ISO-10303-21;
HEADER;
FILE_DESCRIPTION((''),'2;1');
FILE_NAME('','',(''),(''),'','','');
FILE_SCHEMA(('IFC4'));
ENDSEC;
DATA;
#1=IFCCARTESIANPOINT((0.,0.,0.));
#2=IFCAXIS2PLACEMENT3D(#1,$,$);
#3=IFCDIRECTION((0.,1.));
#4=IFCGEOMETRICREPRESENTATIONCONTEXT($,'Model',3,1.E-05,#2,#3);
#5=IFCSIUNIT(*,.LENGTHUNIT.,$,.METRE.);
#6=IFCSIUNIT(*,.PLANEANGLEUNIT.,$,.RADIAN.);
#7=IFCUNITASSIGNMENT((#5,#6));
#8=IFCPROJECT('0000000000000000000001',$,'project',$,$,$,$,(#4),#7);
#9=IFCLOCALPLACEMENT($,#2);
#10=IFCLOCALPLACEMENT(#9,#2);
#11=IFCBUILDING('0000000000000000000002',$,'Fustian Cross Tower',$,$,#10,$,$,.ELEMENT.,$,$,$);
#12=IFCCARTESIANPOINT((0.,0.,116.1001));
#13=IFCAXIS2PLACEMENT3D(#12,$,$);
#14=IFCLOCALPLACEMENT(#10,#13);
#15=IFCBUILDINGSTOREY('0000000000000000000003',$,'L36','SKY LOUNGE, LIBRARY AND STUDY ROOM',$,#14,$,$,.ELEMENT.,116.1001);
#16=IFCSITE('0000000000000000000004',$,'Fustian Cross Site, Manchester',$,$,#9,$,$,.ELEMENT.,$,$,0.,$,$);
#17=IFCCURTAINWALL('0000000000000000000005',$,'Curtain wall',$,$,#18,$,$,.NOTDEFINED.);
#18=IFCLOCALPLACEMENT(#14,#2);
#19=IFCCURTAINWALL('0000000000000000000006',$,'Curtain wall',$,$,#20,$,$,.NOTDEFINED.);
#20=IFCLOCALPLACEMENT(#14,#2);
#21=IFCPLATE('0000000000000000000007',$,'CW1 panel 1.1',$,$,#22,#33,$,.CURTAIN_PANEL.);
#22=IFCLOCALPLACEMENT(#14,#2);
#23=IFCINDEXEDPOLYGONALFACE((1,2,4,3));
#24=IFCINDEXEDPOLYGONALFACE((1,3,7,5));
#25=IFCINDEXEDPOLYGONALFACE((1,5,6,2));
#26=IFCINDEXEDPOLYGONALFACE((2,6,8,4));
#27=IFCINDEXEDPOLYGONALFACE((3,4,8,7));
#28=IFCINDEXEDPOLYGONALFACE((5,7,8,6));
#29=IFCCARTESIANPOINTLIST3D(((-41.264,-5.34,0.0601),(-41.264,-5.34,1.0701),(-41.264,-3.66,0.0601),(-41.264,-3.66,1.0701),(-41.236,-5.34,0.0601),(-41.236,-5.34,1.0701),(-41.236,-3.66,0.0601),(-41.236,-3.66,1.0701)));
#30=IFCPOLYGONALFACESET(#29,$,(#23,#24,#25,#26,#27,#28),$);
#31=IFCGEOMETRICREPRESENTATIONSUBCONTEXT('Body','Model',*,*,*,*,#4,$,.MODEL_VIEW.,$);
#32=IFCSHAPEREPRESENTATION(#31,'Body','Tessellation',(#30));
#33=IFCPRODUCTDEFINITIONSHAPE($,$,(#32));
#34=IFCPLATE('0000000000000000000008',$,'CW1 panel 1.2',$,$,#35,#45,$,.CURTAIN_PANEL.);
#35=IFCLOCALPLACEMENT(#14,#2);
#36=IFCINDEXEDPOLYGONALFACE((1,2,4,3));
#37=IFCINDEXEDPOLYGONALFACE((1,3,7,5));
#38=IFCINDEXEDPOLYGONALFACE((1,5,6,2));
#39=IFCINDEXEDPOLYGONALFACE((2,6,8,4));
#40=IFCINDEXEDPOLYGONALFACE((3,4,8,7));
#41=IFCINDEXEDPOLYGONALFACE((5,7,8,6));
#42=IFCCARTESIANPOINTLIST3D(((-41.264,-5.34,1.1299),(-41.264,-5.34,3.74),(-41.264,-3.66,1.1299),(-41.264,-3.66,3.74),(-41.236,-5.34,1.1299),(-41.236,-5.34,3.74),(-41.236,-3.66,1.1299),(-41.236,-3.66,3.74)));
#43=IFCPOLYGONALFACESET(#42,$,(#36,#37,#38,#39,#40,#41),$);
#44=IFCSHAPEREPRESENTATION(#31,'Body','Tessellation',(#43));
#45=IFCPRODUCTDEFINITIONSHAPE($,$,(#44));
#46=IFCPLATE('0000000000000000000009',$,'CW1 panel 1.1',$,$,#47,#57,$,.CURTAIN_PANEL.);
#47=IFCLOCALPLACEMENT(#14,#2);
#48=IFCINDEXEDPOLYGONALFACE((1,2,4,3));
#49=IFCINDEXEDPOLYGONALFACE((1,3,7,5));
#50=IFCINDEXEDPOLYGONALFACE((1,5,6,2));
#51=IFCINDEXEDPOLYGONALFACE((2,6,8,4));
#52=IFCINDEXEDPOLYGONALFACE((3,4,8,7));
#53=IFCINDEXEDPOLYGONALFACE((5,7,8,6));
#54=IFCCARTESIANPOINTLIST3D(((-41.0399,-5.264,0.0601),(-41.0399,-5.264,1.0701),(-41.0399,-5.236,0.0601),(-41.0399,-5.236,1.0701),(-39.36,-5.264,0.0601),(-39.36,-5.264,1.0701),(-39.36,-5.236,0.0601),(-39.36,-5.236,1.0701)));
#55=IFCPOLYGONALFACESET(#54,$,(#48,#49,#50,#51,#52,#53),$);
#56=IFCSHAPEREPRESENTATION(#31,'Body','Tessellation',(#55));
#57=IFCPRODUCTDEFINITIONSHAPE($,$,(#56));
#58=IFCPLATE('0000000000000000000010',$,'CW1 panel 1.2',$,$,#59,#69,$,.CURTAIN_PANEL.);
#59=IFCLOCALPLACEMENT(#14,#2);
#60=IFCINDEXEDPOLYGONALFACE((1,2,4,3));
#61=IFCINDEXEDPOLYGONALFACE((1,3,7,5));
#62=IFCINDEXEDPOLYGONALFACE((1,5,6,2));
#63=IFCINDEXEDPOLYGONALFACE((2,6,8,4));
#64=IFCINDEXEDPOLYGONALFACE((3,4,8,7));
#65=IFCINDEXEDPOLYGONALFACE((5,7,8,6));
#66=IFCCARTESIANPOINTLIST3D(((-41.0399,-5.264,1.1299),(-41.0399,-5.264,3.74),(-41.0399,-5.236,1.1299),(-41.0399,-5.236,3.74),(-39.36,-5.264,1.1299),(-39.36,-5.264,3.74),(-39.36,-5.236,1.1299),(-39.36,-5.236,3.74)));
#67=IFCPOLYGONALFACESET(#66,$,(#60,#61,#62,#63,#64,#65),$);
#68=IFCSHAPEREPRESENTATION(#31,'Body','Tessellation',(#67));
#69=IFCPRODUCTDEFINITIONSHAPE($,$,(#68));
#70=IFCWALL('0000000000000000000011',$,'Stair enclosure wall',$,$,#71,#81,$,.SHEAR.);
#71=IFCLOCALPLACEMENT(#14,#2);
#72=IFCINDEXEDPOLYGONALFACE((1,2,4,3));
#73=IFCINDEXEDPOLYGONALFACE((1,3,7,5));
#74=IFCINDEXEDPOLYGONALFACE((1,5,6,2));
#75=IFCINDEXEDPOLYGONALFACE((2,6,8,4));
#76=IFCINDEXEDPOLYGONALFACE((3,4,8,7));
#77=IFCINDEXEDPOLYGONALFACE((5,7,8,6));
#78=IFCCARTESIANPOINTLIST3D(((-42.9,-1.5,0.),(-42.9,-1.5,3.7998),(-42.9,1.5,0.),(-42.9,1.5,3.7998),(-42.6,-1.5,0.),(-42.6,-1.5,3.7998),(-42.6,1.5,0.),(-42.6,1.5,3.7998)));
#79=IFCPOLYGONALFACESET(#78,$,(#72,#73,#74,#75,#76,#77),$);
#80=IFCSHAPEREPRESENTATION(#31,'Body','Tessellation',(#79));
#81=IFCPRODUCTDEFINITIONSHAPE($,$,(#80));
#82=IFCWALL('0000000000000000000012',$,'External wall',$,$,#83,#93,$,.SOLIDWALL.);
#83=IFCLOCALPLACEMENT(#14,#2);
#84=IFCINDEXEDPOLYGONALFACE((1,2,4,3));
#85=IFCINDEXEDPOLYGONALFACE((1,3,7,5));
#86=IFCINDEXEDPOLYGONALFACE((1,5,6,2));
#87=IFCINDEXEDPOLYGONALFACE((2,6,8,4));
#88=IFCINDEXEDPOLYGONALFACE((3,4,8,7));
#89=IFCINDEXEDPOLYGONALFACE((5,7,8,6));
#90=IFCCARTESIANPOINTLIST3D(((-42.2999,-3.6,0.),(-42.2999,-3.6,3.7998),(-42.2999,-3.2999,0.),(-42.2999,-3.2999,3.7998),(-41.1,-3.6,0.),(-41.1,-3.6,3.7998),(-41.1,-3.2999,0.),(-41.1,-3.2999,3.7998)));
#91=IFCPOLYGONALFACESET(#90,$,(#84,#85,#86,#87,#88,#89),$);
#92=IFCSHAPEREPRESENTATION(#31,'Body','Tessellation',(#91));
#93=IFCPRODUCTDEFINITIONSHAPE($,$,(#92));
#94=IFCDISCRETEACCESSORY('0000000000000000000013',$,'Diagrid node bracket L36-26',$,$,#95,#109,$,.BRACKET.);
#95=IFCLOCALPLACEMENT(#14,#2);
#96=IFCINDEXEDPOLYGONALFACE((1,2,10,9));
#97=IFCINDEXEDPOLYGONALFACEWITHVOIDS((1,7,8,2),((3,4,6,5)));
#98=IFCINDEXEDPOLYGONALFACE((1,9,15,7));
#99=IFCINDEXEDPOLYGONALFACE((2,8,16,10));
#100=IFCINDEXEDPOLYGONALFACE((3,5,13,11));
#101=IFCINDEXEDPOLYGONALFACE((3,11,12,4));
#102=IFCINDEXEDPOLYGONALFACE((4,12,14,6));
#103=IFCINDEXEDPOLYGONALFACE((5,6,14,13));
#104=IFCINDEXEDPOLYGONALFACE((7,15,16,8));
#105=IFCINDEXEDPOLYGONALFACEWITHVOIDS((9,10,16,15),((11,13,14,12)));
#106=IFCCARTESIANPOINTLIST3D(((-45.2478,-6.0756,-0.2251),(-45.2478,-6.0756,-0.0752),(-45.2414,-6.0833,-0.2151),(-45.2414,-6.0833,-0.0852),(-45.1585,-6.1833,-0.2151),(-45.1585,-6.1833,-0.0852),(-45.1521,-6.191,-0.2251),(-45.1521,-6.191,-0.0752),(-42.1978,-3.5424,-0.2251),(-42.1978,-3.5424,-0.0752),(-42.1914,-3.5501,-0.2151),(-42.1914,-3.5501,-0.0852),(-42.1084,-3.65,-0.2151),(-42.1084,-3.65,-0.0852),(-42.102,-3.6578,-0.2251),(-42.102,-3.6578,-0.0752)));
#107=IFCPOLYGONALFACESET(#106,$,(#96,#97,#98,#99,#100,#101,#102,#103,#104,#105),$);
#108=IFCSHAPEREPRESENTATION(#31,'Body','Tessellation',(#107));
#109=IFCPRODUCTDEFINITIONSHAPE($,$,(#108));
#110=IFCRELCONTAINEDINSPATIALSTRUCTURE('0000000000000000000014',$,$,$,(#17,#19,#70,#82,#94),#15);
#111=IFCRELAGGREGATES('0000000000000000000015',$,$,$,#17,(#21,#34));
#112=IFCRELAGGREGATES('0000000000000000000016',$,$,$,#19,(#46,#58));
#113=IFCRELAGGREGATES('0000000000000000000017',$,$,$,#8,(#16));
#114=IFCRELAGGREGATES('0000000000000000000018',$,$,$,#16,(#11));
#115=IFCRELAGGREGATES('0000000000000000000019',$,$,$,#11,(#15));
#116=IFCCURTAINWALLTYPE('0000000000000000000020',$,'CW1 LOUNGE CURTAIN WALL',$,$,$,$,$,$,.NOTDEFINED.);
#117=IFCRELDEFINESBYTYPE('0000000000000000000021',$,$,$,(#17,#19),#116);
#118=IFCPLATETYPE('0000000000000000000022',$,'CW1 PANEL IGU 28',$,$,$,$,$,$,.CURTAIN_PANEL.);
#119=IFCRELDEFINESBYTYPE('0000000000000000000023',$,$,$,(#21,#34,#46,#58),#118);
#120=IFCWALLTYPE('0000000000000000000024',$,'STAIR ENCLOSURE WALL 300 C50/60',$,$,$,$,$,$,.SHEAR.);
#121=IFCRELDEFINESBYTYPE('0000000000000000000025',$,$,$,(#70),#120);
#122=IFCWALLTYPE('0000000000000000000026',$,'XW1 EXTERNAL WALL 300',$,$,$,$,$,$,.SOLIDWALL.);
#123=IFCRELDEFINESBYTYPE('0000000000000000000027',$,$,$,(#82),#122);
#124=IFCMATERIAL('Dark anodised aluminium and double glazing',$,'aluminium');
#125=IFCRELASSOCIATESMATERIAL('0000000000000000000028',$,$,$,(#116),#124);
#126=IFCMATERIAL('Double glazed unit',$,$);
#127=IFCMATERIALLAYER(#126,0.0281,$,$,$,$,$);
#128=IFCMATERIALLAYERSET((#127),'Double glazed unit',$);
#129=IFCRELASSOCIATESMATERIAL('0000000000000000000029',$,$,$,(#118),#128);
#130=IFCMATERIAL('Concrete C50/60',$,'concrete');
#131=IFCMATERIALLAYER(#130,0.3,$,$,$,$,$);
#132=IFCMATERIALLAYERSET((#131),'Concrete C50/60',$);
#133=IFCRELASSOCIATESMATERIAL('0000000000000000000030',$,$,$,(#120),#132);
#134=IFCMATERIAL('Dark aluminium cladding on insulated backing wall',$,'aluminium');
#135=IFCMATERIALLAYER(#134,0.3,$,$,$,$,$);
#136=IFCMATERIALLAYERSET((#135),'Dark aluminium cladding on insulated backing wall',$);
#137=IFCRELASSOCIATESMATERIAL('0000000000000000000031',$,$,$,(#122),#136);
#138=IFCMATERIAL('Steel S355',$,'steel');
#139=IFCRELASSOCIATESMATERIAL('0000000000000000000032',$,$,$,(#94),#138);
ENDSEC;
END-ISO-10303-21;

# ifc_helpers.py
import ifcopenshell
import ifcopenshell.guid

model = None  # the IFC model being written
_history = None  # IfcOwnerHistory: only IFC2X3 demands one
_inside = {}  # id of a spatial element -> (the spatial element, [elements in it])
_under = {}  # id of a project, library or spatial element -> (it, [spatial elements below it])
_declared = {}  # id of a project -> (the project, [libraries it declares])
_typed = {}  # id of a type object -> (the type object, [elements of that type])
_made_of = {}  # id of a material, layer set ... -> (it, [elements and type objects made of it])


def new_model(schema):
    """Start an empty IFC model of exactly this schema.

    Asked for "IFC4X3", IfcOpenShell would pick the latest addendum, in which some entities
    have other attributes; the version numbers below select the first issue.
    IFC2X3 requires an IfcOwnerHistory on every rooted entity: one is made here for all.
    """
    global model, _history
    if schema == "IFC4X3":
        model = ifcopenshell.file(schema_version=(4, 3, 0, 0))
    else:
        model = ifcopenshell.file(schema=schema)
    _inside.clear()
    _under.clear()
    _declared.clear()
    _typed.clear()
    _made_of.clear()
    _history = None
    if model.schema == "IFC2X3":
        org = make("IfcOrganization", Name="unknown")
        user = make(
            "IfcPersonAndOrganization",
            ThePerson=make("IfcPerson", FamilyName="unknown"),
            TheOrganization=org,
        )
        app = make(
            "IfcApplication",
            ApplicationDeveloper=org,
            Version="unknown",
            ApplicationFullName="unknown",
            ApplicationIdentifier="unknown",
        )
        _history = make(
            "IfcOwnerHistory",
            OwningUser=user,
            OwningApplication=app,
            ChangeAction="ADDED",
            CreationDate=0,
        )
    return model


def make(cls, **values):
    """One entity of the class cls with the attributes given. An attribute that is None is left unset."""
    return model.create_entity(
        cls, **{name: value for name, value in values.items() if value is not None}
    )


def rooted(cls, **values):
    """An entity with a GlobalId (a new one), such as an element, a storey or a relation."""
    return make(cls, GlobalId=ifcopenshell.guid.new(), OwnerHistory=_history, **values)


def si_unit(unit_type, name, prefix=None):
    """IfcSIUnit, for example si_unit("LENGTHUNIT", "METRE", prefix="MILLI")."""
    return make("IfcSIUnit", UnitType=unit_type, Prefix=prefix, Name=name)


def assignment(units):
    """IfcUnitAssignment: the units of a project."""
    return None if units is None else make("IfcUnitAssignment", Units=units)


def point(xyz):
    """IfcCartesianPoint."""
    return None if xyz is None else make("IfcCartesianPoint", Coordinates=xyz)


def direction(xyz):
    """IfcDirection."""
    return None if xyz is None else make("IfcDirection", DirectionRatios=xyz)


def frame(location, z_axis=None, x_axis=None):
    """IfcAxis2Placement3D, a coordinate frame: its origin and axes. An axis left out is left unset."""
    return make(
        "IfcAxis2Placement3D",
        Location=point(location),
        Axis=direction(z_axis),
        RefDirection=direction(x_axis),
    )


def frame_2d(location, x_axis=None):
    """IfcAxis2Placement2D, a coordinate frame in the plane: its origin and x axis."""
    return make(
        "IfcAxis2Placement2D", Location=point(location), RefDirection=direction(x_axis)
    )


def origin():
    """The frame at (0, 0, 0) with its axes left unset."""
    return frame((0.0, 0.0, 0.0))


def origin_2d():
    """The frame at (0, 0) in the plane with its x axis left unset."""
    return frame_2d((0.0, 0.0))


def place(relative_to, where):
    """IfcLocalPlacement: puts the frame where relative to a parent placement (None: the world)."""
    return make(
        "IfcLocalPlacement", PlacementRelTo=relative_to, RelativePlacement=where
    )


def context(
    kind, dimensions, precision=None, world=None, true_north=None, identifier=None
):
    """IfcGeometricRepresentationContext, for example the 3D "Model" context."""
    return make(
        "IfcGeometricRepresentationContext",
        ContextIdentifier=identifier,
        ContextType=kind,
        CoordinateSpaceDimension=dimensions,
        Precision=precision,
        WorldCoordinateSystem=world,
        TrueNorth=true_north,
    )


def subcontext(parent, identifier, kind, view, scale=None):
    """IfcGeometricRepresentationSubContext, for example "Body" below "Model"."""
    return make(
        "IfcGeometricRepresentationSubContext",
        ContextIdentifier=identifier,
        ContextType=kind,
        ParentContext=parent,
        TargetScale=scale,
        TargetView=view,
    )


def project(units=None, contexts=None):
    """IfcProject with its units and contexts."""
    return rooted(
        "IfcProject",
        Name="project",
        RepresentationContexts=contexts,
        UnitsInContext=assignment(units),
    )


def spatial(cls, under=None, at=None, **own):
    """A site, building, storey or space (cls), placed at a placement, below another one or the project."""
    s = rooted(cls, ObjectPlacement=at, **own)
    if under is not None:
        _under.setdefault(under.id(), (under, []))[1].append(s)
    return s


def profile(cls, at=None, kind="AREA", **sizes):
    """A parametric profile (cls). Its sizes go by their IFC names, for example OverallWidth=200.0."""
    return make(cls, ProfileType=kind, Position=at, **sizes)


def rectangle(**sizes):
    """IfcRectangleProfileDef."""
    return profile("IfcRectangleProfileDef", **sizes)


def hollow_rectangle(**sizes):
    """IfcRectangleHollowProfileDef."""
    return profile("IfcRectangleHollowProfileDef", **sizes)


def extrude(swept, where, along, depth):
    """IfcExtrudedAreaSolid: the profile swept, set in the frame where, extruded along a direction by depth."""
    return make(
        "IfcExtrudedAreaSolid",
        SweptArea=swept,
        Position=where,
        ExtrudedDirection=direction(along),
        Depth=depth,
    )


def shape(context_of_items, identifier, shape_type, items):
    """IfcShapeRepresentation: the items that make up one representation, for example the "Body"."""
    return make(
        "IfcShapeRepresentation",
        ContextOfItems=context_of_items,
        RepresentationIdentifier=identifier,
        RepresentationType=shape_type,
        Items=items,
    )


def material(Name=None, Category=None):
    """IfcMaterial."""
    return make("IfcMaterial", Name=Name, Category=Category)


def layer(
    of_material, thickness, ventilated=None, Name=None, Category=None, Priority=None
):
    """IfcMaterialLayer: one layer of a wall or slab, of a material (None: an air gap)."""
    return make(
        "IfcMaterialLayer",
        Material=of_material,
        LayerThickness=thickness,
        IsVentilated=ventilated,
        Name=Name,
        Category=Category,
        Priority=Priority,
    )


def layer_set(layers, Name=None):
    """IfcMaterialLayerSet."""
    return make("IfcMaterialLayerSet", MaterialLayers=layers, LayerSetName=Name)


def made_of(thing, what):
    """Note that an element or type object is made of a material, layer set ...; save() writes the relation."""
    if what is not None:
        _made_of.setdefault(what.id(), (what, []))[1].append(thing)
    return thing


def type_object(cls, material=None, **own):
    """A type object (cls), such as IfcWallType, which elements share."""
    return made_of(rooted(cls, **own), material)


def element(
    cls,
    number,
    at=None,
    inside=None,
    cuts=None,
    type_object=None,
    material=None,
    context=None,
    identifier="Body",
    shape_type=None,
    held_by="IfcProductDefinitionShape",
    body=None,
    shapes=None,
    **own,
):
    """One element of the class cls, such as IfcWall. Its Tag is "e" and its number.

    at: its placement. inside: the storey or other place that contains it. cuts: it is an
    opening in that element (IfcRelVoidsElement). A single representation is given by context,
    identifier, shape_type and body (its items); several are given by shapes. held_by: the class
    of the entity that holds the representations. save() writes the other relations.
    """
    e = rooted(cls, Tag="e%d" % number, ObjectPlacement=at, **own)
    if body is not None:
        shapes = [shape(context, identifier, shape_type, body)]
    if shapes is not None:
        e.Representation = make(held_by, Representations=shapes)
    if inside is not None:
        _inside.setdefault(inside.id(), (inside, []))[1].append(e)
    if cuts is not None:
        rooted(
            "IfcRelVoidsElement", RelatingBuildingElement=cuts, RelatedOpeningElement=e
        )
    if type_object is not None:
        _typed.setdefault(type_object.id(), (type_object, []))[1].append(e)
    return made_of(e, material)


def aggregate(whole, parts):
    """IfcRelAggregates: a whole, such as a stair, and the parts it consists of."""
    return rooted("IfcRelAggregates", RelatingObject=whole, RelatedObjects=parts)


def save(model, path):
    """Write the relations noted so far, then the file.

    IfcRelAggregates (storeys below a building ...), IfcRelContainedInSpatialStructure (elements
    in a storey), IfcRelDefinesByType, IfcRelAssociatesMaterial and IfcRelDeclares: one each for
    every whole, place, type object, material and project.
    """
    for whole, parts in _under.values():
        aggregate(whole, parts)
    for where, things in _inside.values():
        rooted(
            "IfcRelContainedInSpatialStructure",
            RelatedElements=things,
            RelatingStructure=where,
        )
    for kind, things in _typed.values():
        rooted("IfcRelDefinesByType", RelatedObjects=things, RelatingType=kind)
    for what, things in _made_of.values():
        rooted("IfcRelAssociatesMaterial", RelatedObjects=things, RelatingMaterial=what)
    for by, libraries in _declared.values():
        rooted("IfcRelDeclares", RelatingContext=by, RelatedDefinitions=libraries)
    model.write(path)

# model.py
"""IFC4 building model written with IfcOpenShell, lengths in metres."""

from ifc_helpers import new_model, si_unit, direction, frame, frame_2d, origin, origin_2d, place, context, subcontext, project, spatial, rectangle, hollow_rectangle, extrude, material, layer, layer_set, type_object, element, aggregate, save


model = new_model("IFC4")

# Units and contexts
model_context = context("Model", 3, precision=1e-05, world=origin(), true_north=direction((0.0, 1.0)))
body_context = subcontext(model_context, "Body", "Model", "MODEL_VIEW")
ifc_project = project(units=[si_unit("LENGTHUNIT", "METRE"), si_unit("PLANEANGLEUNIT", "RADIAN")], contexts=[model_context])

# Site, building, storey
site_placement = place(None, origin())
site = spatial("IfcSite", under=ifc_project, at=site_placement, Name="Fustian Cross Site, Manchester", CompositionType="ELEMENT", RefElevation=0.0)
building_placement = place(site_placement, origin())
building = spatial("IfcBuilding", under=site, at=building_placement, Name="Fustian Cross Tower", CompositionType="ELEMENT")
storey_placement = place(building_placement, frame((0.0, 0.0, 116.1001)))
storey = spatial("IfcBuildingStorey", under=building, at=storey_placement, Name="L36", Description="SKY LOUNGE, LIBRARY AND STUDY ROOM", CompositionType="ELEMENT", Elevation=116.1001)

# Shared definitions
ifc_material_1 = material(Name="Dark anodised aluminium and double glazing", Category="aluminium")
curtain_wall_type = type_object("IfcCurtainWallType", Name="CW1 LOUNGE CURTAIN WALL", PredefinedType="NOTDEFINED", material=ifc_material_1)

# Curtain wall
curtain_wall_1_placement = place(storey_placement, origin())
curtain_wall_1 = element("IfcCurtainWall", 1, at=curtain_wall_1_placement, inside=storey, type_object=curtain_wall_type, Name="Curtain wall", PredefinedType="NOTDEFINED")

# Curtain wall
curtain_wall_2_placement = place(storey_placement, origin())
curtain_wall_2 = element("IfcCurtainWall", 2, at=curtain_wall_2_placement, inside=storey, type_object=curtain_wall_type, Name="Curtain wall", PredefinedType="NOTDEFINED")

# Plates
ifc_material_2 = material(Name="Double glazed unit")
ifc_layer_1 = layer(ifc_material_2, 0.0281)
ifc_layer_set_1 = layer_set([ifc_layer_1], Name="Double glazed unit")
plate_type = type_object("IfcPlateType", Name="CW1 PANEL IGU 28", PredefinedType="CURTAIN_PANEL", material=ifc_layer_set_1)
plate_1_placement = place(storey_placement, frame((-41.25, -4.5, 0.0601), z_axis=(0.0, 0.0, 1.0), x_axis=(0.0, -1.0, 0.0)))
plate_1 = element("IfcPlate", 3, at=plate_1_placement, type_object=plate_type, Name="CW1 panel 1.1", PredefinedType="CURTAIN_PANEL", context=body_context, shape_type="SweptSolid", body=[
    extrude(rectangle(XDim=1.6799, YDim=0.0281, at=origin_2d()), origin(), (0.0, 0.0, 1.0), 1.01),
])
plate_2_placement = place(storey_placement, frame((-41.25, -4.5, 1.1299), z_axis=(0.0, 0.0, 1.0), x_axis=(0.0, -1.0, 0.0)))
plate_2 = element("IfcPlate", 4, at=plate_2_placement, type_object=plate_type, Name="CW1 panel 1.2", PredefinedType="CURTAIN_PANEL", context=body_context, shape_type="SweptSolid", body=[
    extrude(rectangle(XDim=1.6799, YDim=0.0281, at=origin_2d()), origin(), (0.0, 0.0, 1.0), 2.6101),
])
aggregate(curtain_wall_1, [plate_1, plate_2])
plate_3_placement = place(storey_placement, frame((-40.2, -5.25, 0.0601), z_axis=(0.0, 0.0, 1.0), x_axis=(1.0, 0.0, 0.0)))
plate_3 = element("IfcPlate", 5, at=plate_3_placement, type_object=plate_type, Name="CW1 panel 1.1", PredefinedType="CURTAIN_PANEL", context=body_context, shape_type="SweptSolid", body=[
    extrude(rectangle(XDim=1.6799, YDim=0.0281, at=origin_2d()), origin(), (0.0, 0.0, 1.0), 1.01),
])
plate_4_placement = place(storey_placement, frame((-40.2, -5.25, 1.1299), z_axis=(0.0, 0.0, 1.0), x_axis=(1.0, 0.0, 0.0)))
plate_4 = element("IfcPlate", 6, at=plate_4_placement, type_object=plate_type, Name="CW1 panel 1.2", PredefinedType="CURTAIN_PANEL", context=body_context, shape_type="SweptSolid", body=[
    extrude(rectangle(XDim=1.6799, YDim=0.0281, at=origin_2d()), origin(), (0.0, 0.0, 1.0), 2.6101),
])
aggregate(curtain_wall_2, [plate_3, plate_4])

# Walls
ifc_material_3 = material(Name="Concrete C50/60", Category="concrete")
ifc_layer_2 = layer(ifc_material_3, 0.3)
ifc_layer_set_2 = layer_set([ifc_layer_2], Name="Concrete C50/60")
wall_type_1 = type_object("IfcWallType", Name="STAIR ENCLOSURE WALL 300 C50/60", PredefinedType="SHEAR", material=ifc_layer_set_2)
wall_1_placement = place(storey_placement, frame((-42.75, -1.5, 0.0), z_axis=(0.0, 0.0, 1.0), x_axis=(0.0, 1.0, 0.0)))
element("IfcWall", 7, at=wall_1_placement, inside=storey, type_object=wall_type_1, Name="Stair enclosure wall", PredefinedType="SHEAR", context=body_context, shape_type="SweptSolid", body=[
    extrude(rectangle(XDim=3.0, YDim=0.3, at=frame_2d((1.5, 0.0))), origin(), (0.0, 0.0, 1.0), 3.7998),
])
ifc_material_4 = material(Name="Dark aluminium cladding on insulated backing wall", Category="aluminium")
ifc_layer_3 = layer(ifc_material_4, 0.3)
ifc_layer_set_3 = layer_set([ifc_layer_3], Name="Dark aluminium cladding on insulated backing wall")
wall_type_2 = type_object("IfcWallType", Name="XW1 EXTERNAL WALL 300", PredefinedType="SOLIDWALL", material=ifc_layer_set_3)
wall_2_placement = place(storey_placement, frame((-42.3, -3.45, 0.0), z_axis=(0.0, 0.0, 1.0), x_axis=(1.0, 0.0, 0.0)))
element("IfcWall", 8, at=wall_2_placement, inside=storey, type_object=wall_type_2, Name="External wall", PredefinedType="SOLIDWALL", context=body_context, shape_type="SweptSolid", body=[
    extrude(rectangle(XDim=1.2, YDim=0.3, at=frame_2d((0.6001, 0.0))), origin(), (0.0, 0.0, 1.0), 3.7998),
])

# Discrete accessory
ifc_material_5 = material(Name="Steel S355", Category="steel")
discrete_accessory_placement = place(storey_placement, frame((-45.2, -6.1333, -0.1501), z_axis=(0.769275, 0.638918, 0.0), x_axis=(-0.638918, 0.769275, 0.0)))
element("IfcDiscreteAccessory", 9, at=discrete_accessory_placement, inside=storey, material=ifc_material_5, Name="Diagrid node bracket L36-26", PredefinedType="BRACKET", context=body_context, shape_type="SweptSolid", body=[
    extrude(hollow_rectangle(XDim=0.1499, YDim=0.1499, WallThickness=0.01, at=origin_2d()), origin(), (0.0, 0.0, 1.0), 3.9648),
])

save(model, "model.ifc")
